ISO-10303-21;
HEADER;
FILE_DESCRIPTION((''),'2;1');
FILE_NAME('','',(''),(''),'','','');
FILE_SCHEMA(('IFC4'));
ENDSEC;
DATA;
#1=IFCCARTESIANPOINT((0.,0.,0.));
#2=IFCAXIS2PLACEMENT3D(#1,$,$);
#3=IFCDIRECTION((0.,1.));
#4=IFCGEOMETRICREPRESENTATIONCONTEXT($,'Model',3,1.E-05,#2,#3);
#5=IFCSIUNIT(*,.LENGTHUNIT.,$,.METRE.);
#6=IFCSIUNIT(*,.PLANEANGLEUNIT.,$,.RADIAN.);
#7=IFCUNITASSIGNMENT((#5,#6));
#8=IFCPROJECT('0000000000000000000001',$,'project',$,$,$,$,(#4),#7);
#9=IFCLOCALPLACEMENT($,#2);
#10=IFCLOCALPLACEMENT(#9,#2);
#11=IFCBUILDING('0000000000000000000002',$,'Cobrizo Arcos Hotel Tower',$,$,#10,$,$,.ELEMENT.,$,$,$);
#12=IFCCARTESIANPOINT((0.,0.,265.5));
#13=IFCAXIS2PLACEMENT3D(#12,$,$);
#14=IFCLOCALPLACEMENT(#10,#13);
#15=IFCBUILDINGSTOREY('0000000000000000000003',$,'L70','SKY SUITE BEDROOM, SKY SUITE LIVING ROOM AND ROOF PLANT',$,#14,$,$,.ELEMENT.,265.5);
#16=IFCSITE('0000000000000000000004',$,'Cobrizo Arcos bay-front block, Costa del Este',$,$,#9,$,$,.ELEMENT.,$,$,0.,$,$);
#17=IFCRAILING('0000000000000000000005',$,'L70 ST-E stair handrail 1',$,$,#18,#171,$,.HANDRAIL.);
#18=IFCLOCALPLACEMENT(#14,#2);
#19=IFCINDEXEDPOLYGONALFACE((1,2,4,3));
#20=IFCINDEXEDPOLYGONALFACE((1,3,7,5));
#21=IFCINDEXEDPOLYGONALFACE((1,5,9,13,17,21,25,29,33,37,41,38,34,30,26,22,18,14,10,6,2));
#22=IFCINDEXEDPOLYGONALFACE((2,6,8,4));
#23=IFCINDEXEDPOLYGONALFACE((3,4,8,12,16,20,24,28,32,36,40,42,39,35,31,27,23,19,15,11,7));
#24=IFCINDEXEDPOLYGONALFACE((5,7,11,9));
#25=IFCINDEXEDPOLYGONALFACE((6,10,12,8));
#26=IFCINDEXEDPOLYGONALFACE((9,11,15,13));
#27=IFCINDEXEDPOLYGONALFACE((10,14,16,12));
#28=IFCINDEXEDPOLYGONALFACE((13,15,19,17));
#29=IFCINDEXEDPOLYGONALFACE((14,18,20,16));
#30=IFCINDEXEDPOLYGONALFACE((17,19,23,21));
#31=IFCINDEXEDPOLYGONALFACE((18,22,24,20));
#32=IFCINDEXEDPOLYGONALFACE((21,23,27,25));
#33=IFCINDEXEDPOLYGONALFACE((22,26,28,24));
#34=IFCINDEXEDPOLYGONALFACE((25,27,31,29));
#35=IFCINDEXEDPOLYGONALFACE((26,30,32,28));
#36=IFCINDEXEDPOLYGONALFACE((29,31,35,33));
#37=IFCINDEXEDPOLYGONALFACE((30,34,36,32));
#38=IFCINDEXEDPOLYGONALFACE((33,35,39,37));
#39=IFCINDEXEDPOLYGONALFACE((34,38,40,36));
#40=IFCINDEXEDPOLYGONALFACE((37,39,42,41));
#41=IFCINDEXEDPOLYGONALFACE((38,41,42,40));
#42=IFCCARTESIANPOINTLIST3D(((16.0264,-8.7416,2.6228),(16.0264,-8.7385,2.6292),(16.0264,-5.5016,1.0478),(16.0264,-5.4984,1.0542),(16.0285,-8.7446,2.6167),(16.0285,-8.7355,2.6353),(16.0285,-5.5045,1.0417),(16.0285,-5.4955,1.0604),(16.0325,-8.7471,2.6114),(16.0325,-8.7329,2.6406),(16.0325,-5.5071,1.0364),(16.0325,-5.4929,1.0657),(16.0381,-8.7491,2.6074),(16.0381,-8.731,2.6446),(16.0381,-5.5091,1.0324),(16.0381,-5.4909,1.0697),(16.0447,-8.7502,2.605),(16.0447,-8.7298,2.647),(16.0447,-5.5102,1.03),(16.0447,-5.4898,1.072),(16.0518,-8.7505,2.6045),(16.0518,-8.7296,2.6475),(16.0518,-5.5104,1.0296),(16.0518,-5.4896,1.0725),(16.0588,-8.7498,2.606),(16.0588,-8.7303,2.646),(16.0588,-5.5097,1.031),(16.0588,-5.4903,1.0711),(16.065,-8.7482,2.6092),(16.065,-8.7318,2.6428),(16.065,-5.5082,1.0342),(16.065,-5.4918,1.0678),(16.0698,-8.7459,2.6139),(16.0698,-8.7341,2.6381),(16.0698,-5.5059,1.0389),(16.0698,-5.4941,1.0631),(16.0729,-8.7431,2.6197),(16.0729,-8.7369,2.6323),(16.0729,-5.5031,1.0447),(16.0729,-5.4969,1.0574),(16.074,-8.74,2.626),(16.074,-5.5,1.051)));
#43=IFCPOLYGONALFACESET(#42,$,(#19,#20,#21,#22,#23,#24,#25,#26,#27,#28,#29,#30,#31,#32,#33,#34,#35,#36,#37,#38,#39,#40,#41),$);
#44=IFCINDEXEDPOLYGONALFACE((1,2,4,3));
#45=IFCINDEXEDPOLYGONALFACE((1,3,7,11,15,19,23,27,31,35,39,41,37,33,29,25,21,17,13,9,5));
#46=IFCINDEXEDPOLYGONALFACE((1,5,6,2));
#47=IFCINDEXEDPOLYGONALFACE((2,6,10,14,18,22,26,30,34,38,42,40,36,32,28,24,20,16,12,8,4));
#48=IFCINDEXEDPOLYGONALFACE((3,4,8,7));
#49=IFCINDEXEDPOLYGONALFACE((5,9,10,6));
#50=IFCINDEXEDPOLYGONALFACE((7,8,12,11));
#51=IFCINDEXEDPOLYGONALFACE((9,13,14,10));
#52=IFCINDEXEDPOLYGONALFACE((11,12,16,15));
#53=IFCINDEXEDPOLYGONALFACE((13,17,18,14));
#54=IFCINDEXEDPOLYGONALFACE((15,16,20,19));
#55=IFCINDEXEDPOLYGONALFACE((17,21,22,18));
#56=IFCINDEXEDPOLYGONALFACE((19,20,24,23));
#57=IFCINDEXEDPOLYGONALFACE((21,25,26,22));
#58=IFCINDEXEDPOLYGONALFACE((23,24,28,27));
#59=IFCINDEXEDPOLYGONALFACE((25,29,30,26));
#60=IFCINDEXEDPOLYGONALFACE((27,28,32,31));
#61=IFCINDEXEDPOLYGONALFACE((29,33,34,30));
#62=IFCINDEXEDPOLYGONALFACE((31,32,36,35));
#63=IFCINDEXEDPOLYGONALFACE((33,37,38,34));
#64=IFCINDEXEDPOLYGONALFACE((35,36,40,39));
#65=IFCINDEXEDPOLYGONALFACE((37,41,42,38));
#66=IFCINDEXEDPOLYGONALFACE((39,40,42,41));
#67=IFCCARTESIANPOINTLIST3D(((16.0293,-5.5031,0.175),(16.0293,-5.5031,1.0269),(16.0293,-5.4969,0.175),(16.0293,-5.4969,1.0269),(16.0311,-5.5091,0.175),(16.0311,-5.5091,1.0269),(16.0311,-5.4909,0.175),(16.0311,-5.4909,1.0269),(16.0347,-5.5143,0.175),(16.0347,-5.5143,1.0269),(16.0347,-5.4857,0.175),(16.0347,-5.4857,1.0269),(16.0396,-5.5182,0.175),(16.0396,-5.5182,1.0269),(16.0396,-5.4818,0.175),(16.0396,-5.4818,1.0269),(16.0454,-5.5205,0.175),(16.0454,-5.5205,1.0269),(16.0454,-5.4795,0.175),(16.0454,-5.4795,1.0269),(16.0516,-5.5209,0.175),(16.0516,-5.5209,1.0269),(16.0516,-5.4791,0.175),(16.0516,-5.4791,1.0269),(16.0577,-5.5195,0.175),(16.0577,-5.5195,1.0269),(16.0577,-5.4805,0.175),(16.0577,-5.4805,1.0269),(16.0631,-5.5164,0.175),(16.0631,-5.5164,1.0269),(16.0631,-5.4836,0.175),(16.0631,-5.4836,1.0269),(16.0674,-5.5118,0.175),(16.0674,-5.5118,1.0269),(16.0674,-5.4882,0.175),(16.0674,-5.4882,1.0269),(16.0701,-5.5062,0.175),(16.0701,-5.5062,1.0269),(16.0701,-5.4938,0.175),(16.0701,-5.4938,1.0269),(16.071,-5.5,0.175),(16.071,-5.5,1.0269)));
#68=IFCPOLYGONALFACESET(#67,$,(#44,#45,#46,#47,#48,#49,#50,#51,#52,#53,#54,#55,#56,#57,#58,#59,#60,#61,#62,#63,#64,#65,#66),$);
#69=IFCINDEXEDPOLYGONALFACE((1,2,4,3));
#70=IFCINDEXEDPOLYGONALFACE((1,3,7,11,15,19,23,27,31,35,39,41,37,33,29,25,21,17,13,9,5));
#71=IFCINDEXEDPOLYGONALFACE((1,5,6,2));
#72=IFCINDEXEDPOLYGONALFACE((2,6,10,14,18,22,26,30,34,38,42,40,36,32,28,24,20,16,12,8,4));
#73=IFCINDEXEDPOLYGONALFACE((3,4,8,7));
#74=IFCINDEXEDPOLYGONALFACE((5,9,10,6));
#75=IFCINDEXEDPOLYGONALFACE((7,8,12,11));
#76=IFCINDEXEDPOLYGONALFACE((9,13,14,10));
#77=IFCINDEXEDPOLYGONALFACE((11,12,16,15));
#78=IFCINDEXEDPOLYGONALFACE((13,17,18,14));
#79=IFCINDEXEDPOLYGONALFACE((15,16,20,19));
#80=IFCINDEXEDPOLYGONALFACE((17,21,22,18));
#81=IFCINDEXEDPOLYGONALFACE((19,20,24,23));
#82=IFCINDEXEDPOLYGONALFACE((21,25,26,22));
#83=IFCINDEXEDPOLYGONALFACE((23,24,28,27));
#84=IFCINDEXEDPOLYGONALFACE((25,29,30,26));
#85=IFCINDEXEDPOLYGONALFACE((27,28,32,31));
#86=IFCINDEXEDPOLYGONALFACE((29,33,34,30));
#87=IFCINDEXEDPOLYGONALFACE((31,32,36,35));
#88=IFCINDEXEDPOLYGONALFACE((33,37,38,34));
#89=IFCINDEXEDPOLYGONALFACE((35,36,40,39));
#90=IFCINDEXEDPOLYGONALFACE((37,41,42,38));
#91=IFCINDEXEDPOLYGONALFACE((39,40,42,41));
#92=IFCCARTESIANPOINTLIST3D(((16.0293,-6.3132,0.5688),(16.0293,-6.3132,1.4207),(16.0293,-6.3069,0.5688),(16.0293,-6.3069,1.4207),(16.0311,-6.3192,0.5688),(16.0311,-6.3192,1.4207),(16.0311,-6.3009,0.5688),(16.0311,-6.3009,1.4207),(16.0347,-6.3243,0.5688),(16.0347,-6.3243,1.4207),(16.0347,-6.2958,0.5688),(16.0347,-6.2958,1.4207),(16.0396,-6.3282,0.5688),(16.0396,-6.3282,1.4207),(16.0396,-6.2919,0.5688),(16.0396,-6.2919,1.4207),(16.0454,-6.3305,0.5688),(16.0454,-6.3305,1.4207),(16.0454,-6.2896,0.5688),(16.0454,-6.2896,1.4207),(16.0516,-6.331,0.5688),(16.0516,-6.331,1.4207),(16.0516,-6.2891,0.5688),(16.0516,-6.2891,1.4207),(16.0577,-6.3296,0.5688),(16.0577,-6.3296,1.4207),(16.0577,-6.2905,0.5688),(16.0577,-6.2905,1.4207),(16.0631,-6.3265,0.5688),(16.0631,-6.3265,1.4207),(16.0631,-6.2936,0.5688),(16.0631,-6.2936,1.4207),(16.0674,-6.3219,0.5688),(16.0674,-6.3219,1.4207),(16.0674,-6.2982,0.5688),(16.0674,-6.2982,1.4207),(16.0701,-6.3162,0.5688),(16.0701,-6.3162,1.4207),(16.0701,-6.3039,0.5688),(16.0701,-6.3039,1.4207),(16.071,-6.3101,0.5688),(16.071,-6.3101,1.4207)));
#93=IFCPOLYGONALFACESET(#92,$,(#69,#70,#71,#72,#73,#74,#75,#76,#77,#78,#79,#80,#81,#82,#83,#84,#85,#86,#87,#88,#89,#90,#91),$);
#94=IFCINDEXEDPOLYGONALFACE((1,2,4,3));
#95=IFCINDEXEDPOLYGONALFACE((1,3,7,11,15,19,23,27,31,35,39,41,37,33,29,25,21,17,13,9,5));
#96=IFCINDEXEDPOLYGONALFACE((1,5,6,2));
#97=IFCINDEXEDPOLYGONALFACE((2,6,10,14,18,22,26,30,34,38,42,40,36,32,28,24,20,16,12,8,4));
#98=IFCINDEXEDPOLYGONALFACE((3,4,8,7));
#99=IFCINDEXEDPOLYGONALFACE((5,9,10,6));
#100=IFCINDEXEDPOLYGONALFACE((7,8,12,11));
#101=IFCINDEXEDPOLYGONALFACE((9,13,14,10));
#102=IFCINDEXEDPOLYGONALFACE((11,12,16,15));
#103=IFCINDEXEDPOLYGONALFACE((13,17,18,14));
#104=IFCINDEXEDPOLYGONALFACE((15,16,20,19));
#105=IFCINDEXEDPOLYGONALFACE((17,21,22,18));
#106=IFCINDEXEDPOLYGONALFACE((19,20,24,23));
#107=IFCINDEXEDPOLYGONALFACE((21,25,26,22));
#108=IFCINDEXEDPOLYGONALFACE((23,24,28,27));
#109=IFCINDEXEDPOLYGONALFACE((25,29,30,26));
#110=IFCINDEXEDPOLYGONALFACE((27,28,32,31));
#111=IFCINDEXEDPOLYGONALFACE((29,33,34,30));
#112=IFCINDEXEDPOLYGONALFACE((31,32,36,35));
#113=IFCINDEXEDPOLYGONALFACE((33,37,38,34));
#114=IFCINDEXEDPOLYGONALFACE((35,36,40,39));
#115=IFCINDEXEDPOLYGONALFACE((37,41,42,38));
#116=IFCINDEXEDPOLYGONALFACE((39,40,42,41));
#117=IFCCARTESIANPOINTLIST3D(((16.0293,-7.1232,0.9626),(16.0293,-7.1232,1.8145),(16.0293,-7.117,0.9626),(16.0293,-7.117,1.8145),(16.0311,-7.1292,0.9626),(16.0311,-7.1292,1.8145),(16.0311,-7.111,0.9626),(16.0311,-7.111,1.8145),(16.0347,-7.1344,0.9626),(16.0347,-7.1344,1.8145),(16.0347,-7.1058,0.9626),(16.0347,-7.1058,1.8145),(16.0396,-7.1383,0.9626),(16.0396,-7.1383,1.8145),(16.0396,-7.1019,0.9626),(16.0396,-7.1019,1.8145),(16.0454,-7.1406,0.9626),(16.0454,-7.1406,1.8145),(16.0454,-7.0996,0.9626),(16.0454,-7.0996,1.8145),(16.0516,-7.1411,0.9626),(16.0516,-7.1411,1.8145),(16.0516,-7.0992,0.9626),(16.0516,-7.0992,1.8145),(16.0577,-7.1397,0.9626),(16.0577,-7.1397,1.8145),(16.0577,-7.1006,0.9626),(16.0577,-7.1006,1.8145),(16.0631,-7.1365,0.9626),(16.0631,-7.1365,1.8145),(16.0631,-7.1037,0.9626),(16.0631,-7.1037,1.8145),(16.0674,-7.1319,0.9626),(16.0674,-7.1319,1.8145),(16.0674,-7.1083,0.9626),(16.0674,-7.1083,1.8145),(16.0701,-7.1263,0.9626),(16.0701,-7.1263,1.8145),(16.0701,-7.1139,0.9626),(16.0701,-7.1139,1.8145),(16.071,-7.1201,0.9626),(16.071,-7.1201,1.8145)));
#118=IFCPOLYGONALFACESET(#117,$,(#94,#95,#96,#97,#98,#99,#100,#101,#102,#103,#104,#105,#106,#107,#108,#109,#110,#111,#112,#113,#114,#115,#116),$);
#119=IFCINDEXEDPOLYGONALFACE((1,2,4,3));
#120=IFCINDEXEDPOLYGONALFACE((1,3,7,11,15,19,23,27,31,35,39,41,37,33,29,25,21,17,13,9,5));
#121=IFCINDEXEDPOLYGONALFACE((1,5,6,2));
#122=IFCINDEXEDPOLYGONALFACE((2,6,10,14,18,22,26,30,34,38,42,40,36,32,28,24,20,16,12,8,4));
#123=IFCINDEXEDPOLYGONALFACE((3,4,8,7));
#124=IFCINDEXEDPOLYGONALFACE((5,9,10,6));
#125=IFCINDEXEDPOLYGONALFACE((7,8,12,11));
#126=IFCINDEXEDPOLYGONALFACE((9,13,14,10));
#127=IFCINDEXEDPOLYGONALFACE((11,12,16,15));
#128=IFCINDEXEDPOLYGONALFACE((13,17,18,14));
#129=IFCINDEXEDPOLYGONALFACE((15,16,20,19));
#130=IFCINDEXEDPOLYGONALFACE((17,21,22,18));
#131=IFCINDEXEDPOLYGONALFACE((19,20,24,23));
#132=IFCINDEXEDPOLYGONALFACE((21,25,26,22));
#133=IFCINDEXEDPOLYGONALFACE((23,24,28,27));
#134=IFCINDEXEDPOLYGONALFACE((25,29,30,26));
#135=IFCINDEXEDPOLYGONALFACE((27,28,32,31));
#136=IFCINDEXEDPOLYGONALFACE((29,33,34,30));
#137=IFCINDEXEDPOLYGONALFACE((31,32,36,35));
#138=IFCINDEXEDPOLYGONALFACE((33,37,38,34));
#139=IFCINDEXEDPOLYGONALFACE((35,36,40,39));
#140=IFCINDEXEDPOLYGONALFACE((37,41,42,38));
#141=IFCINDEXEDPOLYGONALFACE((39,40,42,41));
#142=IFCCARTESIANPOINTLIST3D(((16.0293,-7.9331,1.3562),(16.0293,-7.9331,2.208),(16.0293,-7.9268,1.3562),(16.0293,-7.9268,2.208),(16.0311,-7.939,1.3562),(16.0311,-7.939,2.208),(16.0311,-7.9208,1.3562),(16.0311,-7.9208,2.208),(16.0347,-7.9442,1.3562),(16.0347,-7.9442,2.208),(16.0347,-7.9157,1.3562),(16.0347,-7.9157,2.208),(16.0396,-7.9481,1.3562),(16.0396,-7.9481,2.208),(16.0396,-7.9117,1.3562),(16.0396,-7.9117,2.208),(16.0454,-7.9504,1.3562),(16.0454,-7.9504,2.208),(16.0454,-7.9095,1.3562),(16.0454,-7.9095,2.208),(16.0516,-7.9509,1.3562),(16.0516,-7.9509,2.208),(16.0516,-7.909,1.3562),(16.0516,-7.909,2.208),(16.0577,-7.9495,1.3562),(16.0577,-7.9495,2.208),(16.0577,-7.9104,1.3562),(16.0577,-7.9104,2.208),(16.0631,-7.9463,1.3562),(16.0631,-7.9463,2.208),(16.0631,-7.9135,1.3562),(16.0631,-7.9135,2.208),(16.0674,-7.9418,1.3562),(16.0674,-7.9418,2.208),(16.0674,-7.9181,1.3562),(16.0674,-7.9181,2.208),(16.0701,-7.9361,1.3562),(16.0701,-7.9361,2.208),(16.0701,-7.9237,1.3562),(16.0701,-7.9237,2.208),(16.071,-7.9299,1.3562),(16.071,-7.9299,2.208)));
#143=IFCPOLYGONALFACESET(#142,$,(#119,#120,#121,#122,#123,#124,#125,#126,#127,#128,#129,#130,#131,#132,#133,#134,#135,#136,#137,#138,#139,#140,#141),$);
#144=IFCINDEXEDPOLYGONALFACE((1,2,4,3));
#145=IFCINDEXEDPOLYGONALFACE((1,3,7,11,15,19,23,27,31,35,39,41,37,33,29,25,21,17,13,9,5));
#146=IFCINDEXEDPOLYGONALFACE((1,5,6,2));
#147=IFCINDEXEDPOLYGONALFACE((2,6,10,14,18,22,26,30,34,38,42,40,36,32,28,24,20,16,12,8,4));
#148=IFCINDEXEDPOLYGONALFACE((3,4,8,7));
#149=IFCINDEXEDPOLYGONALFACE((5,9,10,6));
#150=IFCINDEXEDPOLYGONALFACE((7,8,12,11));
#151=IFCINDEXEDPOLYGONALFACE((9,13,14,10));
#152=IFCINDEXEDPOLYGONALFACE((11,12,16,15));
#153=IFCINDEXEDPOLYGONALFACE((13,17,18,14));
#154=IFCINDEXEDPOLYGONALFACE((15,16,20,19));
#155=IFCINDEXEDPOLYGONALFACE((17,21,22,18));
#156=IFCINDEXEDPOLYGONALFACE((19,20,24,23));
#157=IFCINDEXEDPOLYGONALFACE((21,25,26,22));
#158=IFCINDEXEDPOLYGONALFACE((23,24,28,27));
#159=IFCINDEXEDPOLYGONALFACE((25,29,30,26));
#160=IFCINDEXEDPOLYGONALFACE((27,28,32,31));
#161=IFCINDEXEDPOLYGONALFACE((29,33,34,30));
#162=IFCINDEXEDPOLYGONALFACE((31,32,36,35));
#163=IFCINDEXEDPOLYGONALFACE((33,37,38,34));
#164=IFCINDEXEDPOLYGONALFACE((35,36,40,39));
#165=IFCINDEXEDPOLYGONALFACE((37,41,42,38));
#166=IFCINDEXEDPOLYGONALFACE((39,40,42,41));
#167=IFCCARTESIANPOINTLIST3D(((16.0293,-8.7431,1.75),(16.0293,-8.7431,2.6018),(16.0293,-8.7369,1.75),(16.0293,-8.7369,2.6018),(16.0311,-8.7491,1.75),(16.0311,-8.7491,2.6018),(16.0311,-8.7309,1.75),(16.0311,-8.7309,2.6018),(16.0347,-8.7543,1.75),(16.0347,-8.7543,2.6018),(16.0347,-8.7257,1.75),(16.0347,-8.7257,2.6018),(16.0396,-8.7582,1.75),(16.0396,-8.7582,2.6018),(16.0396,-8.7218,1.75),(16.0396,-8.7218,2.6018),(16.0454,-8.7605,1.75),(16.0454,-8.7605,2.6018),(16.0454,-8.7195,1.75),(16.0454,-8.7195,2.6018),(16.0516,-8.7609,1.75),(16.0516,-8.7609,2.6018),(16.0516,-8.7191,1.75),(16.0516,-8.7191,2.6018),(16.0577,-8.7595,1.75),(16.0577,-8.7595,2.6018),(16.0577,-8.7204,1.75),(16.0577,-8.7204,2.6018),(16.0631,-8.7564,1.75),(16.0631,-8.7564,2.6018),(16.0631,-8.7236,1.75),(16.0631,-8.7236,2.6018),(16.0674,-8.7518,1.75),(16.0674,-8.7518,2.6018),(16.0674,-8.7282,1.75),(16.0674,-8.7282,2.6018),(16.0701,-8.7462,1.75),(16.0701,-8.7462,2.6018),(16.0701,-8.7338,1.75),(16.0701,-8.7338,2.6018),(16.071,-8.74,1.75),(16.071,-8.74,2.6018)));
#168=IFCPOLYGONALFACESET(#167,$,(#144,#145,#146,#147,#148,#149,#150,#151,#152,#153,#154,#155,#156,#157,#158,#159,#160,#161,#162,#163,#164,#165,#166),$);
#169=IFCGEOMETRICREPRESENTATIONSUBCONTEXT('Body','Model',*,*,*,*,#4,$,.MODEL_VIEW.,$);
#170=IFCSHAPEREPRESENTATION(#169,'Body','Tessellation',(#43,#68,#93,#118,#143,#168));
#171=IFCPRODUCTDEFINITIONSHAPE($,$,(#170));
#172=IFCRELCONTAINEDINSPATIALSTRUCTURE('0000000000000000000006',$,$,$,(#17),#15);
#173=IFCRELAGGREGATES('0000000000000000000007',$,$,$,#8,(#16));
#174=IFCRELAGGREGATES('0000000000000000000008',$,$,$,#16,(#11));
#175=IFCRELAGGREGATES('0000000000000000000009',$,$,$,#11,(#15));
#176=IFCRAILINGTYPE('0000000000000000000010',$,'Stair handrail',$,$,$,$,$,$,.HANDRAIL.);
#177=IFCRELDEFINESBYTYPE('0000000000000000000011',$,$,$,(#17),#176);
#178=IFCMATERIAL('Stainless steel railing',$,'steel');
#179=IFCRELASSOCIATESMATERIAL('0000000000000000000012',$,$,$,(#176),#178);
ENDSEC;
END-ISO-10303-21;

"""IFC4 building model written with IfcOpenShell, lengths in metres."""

from ifc_helpers import new_model, si_unit, direction, frame, origin, origin_2d, place, context, subcontext, project, spatial, circle, extrude, material, type_object, element, save


model = new_model("IFC4")

# Units and contexts
model_context = context("Model", 3, precision=1e-05, world=origin(), true_north=direction((0.0, 1.0)))
body_context = subcontext(model_context, "Body", "Model", "MODEL_VIEW")
ifc_project = project(units=[si_unit("LENGTHUNIT", "METRE"), si_unit("PLANEANGLEUNIT", "RADIAN")], contexts=[model_context])

# Site, building, storey
site_placement = place(None, origin())
site = spatial("IfcSite", under=ifc_project, at=site_placement, Name="Cobrizo Arcos bay-front block, Costa del Este", CompositionType="ELEMENT", RefElevation=0.0)
building_placement = place(site_placement, origin())
building = spatial("IfcBuilding", under=site, at=building_placement, Name="Cobrizo Arcos Hotel Tower", CompositionType="ELEMENT")
storey_placement = place(building_placement, frame((0.0, 0.0, 265.5)))
storey = spatial("IfcBuildingStorey", under=building, at=storey_placement, Name="L70", Description="SKY SUITE BEDROOM, SKY SUITE LIVING ROOM AND ROOF PLANT", CompositionType="ELEMENT", Elevation=265.5)

# Railing
ifc_material_1 = material(Name="Stainless steel railing", Category="steel")
railing_type_1 = type_object("IfcRailingType", Name="Stair handrail", PredefinedType="HANDRAIL", material=ifc_material_1)
railing_1_placement = place(storey_placement, frame((16.05, -5.5, 0.175)))
element("IfcRailing", 1, at=railing_1_placement, inside=storey, type_object=railing_type_1, Name="L70 ST-E stair handrail 1", PredefinedType="HANDRAIL", context=body_context, shape_type="SweptSolid", body=[
    extrude(circle(Radius=0.0239, at=origin_2d()), frame((0.0, 0.0, 0.876), z_axis=(0.0, -0.899373, 0.437183), x_axis=(1.0, 0.0, 0.0)), (0.0, 0.0, 1.0), 3.6025),
    extrude(circle(Radius=0.021, at=origin_2d()), origin(), (0.0, 0.0, 1.0), 0.8518),
    extrude(circle(Radius=0.021, at=origin_2d()), frame((0.0, -0.8101, 0.3938)), (0.0, 0.0, 1.0), 0.8518),
    extrude(circle(Radius=0.021, at=origin_2d()), frame((0.0, -1.6201, 0.7876)), (0.0, 0.0, 1.0), 0.8518),
    extrude(circle(Radius=0.021, at=origin_2d()), frame((0.0, -2.4299, 1.1812)), (0.0, 0.0, 1.0), 0.8518),
    extrude(circle(Radius=0.021, at=origin_2d()), frame((0.0, -3.24, 1.575)), (0.0, 0.0, 1.0), 0.8518),
])

save(model, "model.ifc")
